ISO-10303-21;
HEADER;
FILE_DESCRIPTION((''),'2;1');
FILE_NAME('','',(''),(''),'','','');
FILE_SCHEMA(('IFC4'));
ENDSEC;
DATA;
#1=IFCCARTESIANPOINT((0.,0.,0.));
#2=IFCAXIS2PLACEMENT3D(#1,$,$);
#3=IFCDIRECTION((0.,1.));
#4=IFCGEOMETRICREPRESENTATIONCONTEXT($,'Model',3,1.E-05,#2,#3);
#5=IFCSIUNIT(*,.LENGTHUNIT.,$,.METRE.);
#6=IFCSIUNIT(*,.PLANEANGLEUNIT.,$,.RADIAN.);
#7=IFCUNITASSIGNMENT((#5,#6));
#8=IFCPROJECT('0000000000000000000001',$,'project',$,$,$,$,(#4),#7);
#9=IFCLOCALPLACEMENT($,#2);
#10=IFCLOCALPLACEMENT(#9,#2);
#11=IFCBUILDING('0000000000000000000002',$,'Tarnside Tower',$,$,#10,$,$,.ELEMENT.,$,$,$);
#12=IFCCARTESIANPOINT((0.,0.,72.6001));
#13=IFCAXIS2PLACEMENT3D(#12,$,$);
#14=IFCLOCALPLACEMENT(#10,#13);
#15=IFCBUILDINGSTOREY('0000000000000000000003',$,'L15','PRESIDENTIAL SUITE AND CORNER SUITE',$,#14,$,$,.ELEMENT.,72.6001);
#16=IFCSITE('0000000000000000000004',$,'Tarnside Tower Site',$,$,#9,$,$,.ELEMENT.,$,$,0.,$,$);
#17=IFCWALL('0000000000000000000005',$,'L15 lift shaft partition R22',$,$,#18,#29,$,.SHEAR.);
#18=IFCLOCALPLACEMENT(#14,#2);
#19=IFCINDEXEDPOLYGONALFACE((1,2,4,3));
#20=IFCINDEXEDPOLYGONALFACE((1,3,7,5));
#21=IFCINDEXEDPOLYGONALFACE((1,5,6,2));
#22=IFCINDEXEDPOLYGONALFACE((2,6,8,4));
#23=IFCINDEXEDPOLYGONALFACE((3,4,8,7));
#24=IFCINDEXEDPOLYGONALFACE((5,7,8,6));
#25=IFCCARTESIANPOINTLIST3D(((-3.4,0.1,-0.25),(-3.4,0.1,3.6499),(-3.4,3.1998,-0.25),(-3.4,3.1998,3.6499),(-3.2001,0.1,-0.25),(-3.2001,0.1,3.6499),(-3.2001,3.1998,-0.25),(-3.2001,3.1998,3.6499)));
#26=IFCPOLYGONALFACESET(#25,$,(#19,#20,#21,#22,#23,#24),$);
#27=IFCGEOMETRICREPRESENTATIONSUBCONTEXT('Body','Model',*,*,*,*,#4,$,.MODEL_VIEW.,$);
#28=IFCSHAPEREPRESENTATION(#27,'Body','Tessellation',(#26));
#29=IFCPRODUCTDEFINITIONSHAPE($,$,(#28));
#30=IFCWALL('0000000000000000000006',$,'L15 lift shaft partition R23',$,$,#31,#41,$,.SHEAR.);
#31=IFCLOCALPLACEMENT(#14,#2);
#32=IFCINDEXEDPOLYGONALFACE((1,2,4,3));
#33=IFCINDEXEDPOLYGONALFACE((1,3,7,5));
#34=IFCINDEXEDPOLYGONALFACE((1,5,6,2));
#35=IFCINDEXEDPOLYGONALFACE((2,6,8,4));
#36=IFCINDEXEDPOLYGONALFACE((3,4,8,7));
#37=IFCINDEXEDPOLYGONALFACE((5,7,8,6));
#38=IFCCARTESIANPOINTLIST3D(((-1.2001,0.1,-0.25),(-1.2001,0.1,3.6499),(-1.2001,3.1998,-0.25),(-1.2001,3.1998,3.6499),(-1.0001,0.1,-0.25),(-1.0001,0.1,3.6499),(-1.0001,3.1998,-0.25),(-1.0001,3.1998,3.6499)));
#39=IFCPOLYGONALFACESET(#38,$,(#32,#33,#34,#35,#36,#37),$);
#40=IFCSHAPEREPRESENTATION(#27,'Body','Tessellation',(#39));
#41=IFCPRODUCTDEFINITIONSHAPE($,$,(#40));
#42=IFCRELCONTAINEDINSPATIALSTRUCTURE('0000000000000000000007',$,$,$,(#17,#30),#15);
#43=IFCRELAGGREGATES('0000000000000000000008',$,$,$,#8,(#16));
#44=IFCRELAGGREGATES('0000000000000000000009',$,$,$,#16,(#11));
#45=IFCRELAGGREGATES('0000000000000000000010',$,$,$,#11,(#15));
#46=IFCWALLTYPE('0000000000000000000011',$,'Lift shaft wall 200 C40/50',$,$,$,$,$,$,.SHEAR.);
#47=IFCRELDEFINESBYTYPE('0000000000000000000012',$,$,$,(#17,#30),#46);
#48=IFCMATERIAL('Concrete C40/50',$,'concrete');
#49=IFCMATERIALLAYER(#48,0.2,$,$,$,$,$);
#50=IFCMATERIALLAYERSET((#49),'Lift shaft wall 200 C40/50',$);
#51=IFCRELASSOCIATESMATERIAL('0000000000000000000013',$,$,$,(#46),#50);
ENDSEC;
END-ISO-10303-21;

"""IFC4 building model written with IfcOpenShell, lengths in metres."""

from ifc_helpers import new_model, si_unit, direction, frame, frame_2d, origin, place, context, subcontext, project, spatial, rectangle, extrude, material, layer, layer_set, type_object, element, save


model = new_model("IFC4")

# Units and contexts
model_context = context("Model", 3, precision=1e-05, world=origin(), true_north=direction((0.0, 1.0)))
body_context = subcontext(model_context, "Body", "Model", "MODEL_VIEW")
ifc_project = project(units=[si_unit("LENGTHUNIT", "METRE"), si_unit("PLANEANGLEUNIT", "RADIAN")], contexts=[model_context])

# Site, building, storey
site_placement = place(None, origin())
site = spatial("IfcSite", under=ifc_project, at=site_placement, Name="Tarnside Tower Site", CompositionType="ELEMENT", RefElevation=0.0)
building_placement = place(site_placement, origin())
building = spatial("IfcBuilding", under=site, at=building_placement, Name="Tarnside Tower", CompositionType="ELEMENT")
storey_placement = place(building_placement, frame((0.0, 0.0, 72.6001)))
storey = spatial("IfcBuildingStorey", under=building, at=storey_placement, Name="L15", Description="PRESIDENTIAL SUITE AND CORNER SUITE", CompositionType="ELEMENT", Elevation=72.6001)

# Shared definitions
ifc_material_1 = material(Name="Concrete C40/50", Category="concrete")

# Walls
ifc_layer_1 = layer(ifc_material_1, 0.2)
ifc_layer_set_1 = layer_set([ifc_layer_1], Name="Lift shaft wall 200 C40/50")
wall_type = type_object("IfcWallType", Name="Lift shaft wall 200 C40/50", PredefinedType="SHEAR", material=ifc_layer_set_1)
for number, where, z_axis, x_axis, name in (
    (1, (-3.3, 0.1001, -0.25), (0.0, 0.0, 1.0), (0.0, 1.0, 0.0), "L15 lift shaft partition R22"),
    (2, (-1.1001, 0.1001, -0.25), (0.0, 0.0, 1.0), (0.0, 1.0, 0.0), "L15 lift shaft partition R23"),
):
    element("IfcWall", number, at=place(storey_placement, frame(where, z_axis=z_axis, x_axis=x_axis)), inside=storey, type_object=wall_type, Name=name, PredefinedType="SHEAR", context=body_context, shape_type="SweptSolid", body=[
        extrude(rectangle(XDim=3.0999, YDim=0.2, at=frame_2d((1.5498, 0.0))), origin(), (0.0, 0.0, 1.0), 3.8999),
    ])

save(model, "model.ifc")
